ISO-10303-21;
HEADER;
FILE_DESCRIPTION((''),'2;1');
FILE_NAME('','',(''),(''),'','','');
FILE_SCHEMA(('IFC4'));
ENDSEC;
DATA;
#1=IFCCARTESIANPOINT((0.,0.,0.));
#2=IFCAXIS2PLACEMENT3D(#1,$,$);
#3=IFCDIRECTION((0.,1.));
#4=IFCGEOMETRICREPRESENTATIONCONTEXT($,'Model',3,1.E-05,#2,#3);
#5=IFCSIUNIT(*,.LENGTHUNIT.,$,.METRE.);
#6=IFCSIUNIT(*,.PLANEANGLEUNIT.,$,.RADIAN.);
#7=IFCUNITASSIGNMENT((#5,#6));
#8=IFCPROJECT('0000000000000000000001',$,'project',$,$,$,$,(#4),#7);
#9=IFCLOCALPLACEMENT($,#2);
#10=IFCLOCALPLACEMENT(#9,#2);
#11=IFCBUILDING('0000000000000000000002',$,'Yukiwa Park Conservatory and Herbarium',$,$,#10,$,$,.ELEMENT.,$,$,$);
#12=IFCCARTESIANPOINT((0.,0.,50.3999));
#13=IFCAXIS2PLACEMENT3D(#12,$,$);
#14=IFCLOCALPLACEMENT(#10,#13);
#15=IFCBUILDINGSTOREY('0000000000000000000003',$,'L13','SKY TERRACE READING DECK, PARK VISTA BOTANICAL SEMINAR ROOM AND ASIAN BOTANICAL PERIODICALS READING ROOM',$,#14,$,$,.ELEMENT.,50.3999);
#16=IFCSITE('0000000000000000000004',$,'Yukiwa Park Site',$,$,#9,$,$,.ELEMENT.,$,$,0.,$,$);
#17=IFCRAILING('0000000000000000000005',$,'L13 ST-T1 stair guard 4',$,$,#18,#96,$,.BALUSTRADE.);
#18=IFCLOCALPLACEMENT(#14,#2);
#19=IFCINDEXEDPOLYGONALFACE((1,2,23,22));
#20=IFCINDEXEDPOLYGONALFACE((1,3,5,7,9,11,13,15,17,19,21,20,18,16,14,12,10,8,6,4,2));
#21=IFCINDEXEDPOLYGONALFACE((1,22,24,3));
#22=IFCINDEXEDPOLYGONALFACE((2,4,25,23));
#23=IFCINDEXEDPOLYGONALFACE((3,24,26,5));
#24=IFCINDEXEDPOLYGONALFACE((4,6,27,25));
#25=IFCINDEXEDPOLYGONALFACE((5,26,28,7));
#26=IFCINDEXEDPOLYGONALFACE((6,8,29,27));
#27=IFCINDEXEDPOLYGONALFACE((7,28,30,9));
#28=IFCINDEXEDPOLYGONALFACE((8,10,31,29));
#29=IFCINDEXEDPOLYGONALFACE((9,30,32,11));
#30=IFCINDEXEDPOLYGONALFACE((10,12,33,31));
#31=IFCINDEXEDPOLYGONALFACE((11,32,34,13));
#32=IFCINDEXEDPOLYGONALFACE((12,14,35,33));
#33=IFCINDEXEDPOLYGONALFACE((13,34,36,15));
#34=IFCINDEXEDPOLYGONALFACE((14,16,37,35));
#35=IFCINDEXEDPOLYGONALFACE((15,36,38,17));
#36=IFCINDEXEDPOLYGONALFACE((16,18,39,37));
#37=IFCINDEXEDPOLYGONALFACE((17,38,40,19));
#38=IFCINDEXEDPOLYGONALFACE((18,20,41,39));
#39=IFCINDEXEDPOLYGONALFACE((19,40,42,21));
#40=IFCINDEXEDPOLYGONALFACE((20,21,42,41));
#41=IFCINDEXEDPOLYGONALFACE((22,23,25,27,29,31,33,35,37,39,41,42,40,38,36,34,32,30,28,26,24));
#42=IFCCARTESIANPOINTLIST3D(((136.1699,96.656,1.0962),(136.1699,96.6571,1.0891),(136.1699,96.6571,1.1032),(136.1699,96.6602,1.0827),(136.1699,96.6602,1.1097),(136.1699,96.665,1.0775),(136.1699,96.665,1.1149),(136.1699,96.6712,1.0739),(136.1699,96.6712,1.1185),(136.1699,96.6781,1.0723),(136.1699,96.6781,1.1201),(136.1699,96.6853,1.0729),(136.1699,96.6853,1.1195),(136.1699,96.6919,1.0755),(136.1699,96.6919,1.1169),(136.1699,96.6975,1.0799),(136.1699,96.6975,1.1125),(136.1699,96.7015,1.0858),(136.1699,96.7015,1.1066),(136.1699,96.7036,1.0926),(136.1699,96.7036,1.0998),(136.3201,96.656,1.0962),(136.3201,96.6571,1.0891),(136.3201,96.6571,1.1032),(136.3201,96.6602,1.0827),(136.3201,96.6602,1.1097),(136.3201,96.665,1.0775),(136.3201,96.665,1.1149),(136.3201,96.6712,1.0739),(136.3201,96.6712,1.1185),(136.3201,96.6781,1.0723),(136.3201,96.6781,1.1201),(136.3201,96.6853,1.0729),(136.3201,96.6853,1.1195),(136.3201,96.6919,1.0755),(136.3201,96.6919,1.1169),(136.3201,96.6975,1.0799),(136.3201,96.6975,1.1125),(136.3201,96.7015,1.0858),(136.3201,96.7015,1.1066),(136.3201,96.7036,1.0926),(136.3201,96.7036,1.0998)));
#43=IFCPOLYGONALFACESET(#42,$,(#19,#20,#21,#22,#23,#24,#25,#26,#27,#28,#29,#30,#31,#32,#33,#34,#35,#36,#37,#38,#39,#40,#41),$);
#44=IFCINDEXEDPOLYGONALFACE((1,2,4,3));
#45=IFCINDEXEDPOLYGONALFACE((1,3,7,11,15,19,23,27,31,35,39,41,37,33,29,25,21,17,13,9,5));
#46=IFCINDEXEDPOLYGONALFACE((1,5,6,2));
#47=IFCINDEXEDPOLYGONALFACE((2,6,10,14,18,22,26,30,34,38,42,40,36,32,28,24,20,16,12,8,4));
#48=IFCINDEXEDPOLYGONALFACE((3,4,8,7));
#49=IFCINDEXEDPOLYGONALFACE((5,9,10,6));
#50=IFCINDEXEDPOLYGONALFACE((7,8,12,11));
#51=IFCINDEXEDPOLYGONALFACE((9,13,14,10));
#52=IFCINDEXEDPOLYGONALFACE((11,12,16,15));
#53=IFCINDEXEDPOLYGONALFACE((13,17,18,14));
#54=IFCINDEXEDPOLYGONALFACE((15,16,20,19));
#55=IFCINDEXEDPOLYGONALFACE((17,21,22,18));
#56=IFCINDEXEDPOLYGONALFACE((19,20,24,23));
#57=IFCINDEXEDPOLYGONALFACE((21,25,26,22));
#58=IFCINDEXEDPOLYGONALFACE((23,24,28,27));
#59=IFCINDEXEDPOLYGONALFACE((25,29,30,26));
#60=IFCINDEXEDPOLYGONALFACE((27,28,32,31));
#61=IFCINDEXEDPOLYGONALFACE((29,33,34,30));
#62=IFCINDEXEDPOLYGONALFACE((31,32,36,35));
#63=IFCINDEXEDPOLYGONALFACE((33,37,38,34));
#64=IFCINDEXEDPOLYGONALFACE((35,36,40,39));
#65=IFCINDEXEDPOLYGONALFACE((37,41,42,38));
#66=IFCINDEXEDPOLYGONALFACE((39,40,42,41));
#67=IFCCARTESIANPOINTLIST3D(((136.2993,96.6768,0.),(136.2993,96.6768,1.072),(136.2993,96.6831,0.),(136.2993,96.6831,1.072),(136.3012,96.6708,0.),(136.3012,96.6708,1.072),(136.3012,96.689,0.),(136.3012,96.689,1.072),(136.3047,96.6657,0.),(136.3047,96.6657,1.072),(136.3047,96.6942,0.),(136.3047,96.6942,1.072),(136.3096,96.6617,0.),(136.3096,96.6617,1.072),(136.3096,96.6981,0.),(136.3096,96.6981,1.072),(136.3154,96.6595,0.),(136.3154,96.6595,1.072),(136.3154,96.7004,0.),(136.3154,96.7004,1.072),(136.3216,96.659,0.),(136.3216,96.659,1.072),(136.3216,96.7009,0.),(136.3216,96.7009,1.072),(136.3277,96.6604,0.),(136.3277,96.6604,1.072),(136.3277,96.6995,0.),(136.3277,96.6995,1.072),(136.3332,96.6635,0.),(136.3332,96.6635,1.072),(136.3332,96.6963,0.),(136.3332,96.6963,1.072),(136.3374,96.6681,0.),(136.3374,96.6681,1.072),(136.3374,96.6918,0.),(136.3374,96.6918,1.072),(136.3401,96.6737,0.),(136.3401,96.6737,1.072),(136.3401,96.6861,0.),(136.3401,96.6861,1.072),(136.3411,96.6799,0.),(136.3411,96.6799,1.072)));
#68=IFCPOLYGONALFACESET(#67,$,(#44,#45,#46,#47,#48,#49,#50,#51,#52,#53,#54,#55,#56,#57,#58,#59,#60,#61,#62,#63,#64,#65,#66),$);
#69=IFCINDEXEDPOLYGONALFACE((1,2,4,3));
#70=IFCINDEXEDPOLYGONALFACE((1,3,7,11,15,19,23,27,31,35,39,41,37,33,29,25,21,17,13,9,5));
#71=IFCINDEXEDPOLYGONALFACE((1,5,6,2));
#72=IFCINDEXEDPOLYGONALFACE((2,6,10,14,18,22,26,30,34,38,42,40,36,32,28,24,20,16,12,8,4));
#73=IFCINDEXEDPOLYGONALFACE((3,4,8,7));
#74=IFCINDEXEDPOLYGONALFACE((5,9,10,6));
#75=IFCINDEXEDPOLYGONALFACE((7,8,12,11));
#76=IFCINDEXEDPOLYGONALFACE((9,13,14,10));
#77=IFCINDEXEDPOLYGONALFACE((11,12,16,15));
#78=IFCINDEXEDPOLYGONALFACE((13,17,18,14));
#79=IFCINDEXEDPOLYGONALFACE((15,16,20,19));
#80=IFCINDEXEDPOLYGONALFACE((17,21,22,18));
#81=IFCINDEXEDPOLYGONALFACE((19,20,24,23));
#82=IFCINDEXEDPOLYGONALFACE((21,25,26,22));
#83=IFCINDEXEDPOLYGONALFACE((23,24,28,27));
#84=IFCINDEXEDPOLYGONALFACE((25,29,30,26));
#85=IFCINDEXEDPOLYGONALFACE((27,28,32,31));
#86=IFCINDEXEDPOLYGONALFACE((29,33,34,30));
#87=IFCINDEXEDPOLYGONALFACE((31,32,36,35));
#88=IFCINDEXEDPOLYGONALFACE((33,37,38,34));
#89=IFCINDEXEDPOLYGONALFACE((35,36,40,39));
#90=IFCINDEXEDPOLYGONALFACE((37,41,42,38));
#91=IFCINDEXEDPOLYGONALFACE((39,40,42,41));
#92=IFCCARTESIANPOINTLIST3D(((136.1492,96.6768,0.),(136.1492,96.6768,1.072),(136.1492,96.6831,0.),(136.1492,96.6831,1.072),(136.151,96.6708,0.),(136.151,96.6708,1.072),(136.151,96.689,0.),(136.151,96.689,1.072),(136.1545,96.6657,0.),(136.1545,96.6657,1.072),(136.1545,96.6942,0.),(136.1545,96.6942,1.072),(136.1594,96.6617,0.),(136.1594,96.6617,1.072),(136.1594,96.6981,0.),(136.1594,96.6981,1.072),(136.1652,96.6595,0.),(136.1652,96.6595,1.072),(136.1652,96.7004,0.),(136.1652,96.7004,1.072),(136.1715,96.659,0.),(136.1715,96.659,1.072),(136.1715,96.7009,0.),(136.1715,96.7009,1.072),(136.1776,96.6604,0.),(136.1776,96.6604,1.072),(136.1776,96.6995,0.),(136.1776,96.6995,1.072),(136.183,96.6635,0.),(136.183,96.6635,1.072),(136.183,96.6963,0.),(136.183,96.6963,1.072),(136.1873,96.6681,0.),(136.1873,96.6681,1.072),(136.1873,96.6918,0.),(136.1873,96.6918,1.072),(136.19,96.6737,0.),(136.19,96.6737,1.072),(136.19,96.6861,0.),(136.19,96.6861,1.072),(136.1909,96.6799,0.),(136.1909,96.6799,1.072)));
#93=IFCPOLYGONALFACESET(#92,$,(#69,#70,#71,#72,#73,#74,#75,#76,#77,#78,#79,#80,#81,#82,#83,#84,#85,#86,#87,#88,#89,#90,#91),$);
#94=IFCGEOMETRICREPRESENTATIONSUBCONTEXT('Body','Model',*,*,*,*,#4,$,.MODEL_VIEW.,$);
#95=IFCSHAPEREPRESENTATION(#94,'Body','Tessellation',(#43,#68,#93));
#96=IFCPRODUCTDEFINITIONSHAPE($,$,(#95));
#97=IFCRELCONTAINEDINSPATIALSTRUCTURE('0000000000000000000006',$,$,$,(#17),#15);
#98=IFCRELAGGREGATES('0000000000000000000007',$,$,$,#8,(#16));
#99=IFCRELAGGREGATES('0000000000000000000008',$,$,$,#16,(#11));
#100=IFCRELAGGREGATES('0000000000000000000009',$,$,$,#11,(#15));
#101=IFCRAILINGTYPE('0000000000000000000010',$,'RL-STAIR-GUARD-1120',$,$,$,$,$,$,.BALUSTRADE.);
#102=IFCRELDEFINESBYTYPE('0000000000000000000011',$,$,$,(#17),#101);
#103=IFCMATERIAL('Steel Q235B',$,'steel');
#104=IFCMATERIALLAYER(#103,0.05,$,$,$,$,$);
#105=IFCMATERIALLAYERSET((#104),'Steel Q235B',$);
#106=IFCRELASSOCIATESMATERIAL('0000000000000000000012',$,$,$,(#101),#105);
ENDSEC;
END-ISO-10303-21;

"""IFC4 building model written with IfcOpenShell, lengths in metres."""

from ifc_helpers import new_model, si_unit, direction, frame, origin, origin_2d, place, context, subcontext, project, spatial, circle, extrude, material, layer, layer_set, type_object, element, save


model = new_model("IFC4")

# Units and contexts
model_context = context("Model", 3, precision=1e-05, world=origin(), true_north=direction((0.0, 1.0)))
body_context = subcontext(model_context, "Body", "Model", "MODEL_VIEW")
ifc_project = project(units=[si_unit("LENGTHUNIT", "METRE"), si_unit("PLANEANGLEUNIT", "RADIAN")], contexts=[model_context])

# Site, building, storey
site_placement = place(None, origin())
site = spatial("IfcSite", under=ifc_project, at=site_placement, Name="Yukiwa Park Site", CompositionType="ELEMENT", RefElevation=0.0)
building_placement = place(site_placement, origin())
building = spatial("IfcBuilding", under=site, at=building_placement, Name="Yukiwa Park Conservatory and Herbarium", CompositionType="ELEMENT")
storey_placement = place(building_placement, frame((0.0, 0.0, 50.3999)))
storey = spatial("IfcBuildingStorey", under=building, at=storey_placement, Name="L13", Description="SKY TERRACE READING DECK, PARK VISTA BOTANICAL SEMINAR ROOM AND ASIAN BOTANICAL PERIODICALS READING ROOM", CompositionType="ELEMENT", Elevation=50.3999)

# Railing
ifc_material_1 = material(Name="Steel Q235B", Category="steel")
ifc_layer_1 = layer(ifc_material_1, 0.05)
ifc_layer_set_1 = layer_set([ifc_layer_1], Name="Steel Q235B")
railing_type_1 = type_object("IfcRailingType", Name="RL-STAIR-GUARD-1120", PredefinedType="BALUSTRADE", material=ifc_layer_set_1)
railing_1_placement = place(storey_placement, frame((136.3201, 96.6799, 0.0)))
element("IfcRailing", 1, at=railing_1_placement, inside=storey, type_object=railing_type_1, Name="L13 ST-T1 stair guard 4", PredefinedType="BALUSTRADE", context=body_context, shape_type="SweptSolid", body=[
    extrude(circle(Radius=0.0239, at=origin_2d()), frame((0.0, 0.0, 1.0962), z_axis=(-1.0, 0.0, 0.0), x_axis=(0.0, -1.0, 0.0)), (0.0, 0.0, 1.0), 0.1501),
    extrude(circle(Radius=0.021, at=origin_2d()), origin(), (0.0, 0.0, 1.0), 1.072),
    extrude(circle(Radius=0.021, at=origin_2d()), frame((-0.1501, 0.0, 0.0)), (0.0, 0.0, 1.0), 1.072),
])

save(model, "model.ifc")
